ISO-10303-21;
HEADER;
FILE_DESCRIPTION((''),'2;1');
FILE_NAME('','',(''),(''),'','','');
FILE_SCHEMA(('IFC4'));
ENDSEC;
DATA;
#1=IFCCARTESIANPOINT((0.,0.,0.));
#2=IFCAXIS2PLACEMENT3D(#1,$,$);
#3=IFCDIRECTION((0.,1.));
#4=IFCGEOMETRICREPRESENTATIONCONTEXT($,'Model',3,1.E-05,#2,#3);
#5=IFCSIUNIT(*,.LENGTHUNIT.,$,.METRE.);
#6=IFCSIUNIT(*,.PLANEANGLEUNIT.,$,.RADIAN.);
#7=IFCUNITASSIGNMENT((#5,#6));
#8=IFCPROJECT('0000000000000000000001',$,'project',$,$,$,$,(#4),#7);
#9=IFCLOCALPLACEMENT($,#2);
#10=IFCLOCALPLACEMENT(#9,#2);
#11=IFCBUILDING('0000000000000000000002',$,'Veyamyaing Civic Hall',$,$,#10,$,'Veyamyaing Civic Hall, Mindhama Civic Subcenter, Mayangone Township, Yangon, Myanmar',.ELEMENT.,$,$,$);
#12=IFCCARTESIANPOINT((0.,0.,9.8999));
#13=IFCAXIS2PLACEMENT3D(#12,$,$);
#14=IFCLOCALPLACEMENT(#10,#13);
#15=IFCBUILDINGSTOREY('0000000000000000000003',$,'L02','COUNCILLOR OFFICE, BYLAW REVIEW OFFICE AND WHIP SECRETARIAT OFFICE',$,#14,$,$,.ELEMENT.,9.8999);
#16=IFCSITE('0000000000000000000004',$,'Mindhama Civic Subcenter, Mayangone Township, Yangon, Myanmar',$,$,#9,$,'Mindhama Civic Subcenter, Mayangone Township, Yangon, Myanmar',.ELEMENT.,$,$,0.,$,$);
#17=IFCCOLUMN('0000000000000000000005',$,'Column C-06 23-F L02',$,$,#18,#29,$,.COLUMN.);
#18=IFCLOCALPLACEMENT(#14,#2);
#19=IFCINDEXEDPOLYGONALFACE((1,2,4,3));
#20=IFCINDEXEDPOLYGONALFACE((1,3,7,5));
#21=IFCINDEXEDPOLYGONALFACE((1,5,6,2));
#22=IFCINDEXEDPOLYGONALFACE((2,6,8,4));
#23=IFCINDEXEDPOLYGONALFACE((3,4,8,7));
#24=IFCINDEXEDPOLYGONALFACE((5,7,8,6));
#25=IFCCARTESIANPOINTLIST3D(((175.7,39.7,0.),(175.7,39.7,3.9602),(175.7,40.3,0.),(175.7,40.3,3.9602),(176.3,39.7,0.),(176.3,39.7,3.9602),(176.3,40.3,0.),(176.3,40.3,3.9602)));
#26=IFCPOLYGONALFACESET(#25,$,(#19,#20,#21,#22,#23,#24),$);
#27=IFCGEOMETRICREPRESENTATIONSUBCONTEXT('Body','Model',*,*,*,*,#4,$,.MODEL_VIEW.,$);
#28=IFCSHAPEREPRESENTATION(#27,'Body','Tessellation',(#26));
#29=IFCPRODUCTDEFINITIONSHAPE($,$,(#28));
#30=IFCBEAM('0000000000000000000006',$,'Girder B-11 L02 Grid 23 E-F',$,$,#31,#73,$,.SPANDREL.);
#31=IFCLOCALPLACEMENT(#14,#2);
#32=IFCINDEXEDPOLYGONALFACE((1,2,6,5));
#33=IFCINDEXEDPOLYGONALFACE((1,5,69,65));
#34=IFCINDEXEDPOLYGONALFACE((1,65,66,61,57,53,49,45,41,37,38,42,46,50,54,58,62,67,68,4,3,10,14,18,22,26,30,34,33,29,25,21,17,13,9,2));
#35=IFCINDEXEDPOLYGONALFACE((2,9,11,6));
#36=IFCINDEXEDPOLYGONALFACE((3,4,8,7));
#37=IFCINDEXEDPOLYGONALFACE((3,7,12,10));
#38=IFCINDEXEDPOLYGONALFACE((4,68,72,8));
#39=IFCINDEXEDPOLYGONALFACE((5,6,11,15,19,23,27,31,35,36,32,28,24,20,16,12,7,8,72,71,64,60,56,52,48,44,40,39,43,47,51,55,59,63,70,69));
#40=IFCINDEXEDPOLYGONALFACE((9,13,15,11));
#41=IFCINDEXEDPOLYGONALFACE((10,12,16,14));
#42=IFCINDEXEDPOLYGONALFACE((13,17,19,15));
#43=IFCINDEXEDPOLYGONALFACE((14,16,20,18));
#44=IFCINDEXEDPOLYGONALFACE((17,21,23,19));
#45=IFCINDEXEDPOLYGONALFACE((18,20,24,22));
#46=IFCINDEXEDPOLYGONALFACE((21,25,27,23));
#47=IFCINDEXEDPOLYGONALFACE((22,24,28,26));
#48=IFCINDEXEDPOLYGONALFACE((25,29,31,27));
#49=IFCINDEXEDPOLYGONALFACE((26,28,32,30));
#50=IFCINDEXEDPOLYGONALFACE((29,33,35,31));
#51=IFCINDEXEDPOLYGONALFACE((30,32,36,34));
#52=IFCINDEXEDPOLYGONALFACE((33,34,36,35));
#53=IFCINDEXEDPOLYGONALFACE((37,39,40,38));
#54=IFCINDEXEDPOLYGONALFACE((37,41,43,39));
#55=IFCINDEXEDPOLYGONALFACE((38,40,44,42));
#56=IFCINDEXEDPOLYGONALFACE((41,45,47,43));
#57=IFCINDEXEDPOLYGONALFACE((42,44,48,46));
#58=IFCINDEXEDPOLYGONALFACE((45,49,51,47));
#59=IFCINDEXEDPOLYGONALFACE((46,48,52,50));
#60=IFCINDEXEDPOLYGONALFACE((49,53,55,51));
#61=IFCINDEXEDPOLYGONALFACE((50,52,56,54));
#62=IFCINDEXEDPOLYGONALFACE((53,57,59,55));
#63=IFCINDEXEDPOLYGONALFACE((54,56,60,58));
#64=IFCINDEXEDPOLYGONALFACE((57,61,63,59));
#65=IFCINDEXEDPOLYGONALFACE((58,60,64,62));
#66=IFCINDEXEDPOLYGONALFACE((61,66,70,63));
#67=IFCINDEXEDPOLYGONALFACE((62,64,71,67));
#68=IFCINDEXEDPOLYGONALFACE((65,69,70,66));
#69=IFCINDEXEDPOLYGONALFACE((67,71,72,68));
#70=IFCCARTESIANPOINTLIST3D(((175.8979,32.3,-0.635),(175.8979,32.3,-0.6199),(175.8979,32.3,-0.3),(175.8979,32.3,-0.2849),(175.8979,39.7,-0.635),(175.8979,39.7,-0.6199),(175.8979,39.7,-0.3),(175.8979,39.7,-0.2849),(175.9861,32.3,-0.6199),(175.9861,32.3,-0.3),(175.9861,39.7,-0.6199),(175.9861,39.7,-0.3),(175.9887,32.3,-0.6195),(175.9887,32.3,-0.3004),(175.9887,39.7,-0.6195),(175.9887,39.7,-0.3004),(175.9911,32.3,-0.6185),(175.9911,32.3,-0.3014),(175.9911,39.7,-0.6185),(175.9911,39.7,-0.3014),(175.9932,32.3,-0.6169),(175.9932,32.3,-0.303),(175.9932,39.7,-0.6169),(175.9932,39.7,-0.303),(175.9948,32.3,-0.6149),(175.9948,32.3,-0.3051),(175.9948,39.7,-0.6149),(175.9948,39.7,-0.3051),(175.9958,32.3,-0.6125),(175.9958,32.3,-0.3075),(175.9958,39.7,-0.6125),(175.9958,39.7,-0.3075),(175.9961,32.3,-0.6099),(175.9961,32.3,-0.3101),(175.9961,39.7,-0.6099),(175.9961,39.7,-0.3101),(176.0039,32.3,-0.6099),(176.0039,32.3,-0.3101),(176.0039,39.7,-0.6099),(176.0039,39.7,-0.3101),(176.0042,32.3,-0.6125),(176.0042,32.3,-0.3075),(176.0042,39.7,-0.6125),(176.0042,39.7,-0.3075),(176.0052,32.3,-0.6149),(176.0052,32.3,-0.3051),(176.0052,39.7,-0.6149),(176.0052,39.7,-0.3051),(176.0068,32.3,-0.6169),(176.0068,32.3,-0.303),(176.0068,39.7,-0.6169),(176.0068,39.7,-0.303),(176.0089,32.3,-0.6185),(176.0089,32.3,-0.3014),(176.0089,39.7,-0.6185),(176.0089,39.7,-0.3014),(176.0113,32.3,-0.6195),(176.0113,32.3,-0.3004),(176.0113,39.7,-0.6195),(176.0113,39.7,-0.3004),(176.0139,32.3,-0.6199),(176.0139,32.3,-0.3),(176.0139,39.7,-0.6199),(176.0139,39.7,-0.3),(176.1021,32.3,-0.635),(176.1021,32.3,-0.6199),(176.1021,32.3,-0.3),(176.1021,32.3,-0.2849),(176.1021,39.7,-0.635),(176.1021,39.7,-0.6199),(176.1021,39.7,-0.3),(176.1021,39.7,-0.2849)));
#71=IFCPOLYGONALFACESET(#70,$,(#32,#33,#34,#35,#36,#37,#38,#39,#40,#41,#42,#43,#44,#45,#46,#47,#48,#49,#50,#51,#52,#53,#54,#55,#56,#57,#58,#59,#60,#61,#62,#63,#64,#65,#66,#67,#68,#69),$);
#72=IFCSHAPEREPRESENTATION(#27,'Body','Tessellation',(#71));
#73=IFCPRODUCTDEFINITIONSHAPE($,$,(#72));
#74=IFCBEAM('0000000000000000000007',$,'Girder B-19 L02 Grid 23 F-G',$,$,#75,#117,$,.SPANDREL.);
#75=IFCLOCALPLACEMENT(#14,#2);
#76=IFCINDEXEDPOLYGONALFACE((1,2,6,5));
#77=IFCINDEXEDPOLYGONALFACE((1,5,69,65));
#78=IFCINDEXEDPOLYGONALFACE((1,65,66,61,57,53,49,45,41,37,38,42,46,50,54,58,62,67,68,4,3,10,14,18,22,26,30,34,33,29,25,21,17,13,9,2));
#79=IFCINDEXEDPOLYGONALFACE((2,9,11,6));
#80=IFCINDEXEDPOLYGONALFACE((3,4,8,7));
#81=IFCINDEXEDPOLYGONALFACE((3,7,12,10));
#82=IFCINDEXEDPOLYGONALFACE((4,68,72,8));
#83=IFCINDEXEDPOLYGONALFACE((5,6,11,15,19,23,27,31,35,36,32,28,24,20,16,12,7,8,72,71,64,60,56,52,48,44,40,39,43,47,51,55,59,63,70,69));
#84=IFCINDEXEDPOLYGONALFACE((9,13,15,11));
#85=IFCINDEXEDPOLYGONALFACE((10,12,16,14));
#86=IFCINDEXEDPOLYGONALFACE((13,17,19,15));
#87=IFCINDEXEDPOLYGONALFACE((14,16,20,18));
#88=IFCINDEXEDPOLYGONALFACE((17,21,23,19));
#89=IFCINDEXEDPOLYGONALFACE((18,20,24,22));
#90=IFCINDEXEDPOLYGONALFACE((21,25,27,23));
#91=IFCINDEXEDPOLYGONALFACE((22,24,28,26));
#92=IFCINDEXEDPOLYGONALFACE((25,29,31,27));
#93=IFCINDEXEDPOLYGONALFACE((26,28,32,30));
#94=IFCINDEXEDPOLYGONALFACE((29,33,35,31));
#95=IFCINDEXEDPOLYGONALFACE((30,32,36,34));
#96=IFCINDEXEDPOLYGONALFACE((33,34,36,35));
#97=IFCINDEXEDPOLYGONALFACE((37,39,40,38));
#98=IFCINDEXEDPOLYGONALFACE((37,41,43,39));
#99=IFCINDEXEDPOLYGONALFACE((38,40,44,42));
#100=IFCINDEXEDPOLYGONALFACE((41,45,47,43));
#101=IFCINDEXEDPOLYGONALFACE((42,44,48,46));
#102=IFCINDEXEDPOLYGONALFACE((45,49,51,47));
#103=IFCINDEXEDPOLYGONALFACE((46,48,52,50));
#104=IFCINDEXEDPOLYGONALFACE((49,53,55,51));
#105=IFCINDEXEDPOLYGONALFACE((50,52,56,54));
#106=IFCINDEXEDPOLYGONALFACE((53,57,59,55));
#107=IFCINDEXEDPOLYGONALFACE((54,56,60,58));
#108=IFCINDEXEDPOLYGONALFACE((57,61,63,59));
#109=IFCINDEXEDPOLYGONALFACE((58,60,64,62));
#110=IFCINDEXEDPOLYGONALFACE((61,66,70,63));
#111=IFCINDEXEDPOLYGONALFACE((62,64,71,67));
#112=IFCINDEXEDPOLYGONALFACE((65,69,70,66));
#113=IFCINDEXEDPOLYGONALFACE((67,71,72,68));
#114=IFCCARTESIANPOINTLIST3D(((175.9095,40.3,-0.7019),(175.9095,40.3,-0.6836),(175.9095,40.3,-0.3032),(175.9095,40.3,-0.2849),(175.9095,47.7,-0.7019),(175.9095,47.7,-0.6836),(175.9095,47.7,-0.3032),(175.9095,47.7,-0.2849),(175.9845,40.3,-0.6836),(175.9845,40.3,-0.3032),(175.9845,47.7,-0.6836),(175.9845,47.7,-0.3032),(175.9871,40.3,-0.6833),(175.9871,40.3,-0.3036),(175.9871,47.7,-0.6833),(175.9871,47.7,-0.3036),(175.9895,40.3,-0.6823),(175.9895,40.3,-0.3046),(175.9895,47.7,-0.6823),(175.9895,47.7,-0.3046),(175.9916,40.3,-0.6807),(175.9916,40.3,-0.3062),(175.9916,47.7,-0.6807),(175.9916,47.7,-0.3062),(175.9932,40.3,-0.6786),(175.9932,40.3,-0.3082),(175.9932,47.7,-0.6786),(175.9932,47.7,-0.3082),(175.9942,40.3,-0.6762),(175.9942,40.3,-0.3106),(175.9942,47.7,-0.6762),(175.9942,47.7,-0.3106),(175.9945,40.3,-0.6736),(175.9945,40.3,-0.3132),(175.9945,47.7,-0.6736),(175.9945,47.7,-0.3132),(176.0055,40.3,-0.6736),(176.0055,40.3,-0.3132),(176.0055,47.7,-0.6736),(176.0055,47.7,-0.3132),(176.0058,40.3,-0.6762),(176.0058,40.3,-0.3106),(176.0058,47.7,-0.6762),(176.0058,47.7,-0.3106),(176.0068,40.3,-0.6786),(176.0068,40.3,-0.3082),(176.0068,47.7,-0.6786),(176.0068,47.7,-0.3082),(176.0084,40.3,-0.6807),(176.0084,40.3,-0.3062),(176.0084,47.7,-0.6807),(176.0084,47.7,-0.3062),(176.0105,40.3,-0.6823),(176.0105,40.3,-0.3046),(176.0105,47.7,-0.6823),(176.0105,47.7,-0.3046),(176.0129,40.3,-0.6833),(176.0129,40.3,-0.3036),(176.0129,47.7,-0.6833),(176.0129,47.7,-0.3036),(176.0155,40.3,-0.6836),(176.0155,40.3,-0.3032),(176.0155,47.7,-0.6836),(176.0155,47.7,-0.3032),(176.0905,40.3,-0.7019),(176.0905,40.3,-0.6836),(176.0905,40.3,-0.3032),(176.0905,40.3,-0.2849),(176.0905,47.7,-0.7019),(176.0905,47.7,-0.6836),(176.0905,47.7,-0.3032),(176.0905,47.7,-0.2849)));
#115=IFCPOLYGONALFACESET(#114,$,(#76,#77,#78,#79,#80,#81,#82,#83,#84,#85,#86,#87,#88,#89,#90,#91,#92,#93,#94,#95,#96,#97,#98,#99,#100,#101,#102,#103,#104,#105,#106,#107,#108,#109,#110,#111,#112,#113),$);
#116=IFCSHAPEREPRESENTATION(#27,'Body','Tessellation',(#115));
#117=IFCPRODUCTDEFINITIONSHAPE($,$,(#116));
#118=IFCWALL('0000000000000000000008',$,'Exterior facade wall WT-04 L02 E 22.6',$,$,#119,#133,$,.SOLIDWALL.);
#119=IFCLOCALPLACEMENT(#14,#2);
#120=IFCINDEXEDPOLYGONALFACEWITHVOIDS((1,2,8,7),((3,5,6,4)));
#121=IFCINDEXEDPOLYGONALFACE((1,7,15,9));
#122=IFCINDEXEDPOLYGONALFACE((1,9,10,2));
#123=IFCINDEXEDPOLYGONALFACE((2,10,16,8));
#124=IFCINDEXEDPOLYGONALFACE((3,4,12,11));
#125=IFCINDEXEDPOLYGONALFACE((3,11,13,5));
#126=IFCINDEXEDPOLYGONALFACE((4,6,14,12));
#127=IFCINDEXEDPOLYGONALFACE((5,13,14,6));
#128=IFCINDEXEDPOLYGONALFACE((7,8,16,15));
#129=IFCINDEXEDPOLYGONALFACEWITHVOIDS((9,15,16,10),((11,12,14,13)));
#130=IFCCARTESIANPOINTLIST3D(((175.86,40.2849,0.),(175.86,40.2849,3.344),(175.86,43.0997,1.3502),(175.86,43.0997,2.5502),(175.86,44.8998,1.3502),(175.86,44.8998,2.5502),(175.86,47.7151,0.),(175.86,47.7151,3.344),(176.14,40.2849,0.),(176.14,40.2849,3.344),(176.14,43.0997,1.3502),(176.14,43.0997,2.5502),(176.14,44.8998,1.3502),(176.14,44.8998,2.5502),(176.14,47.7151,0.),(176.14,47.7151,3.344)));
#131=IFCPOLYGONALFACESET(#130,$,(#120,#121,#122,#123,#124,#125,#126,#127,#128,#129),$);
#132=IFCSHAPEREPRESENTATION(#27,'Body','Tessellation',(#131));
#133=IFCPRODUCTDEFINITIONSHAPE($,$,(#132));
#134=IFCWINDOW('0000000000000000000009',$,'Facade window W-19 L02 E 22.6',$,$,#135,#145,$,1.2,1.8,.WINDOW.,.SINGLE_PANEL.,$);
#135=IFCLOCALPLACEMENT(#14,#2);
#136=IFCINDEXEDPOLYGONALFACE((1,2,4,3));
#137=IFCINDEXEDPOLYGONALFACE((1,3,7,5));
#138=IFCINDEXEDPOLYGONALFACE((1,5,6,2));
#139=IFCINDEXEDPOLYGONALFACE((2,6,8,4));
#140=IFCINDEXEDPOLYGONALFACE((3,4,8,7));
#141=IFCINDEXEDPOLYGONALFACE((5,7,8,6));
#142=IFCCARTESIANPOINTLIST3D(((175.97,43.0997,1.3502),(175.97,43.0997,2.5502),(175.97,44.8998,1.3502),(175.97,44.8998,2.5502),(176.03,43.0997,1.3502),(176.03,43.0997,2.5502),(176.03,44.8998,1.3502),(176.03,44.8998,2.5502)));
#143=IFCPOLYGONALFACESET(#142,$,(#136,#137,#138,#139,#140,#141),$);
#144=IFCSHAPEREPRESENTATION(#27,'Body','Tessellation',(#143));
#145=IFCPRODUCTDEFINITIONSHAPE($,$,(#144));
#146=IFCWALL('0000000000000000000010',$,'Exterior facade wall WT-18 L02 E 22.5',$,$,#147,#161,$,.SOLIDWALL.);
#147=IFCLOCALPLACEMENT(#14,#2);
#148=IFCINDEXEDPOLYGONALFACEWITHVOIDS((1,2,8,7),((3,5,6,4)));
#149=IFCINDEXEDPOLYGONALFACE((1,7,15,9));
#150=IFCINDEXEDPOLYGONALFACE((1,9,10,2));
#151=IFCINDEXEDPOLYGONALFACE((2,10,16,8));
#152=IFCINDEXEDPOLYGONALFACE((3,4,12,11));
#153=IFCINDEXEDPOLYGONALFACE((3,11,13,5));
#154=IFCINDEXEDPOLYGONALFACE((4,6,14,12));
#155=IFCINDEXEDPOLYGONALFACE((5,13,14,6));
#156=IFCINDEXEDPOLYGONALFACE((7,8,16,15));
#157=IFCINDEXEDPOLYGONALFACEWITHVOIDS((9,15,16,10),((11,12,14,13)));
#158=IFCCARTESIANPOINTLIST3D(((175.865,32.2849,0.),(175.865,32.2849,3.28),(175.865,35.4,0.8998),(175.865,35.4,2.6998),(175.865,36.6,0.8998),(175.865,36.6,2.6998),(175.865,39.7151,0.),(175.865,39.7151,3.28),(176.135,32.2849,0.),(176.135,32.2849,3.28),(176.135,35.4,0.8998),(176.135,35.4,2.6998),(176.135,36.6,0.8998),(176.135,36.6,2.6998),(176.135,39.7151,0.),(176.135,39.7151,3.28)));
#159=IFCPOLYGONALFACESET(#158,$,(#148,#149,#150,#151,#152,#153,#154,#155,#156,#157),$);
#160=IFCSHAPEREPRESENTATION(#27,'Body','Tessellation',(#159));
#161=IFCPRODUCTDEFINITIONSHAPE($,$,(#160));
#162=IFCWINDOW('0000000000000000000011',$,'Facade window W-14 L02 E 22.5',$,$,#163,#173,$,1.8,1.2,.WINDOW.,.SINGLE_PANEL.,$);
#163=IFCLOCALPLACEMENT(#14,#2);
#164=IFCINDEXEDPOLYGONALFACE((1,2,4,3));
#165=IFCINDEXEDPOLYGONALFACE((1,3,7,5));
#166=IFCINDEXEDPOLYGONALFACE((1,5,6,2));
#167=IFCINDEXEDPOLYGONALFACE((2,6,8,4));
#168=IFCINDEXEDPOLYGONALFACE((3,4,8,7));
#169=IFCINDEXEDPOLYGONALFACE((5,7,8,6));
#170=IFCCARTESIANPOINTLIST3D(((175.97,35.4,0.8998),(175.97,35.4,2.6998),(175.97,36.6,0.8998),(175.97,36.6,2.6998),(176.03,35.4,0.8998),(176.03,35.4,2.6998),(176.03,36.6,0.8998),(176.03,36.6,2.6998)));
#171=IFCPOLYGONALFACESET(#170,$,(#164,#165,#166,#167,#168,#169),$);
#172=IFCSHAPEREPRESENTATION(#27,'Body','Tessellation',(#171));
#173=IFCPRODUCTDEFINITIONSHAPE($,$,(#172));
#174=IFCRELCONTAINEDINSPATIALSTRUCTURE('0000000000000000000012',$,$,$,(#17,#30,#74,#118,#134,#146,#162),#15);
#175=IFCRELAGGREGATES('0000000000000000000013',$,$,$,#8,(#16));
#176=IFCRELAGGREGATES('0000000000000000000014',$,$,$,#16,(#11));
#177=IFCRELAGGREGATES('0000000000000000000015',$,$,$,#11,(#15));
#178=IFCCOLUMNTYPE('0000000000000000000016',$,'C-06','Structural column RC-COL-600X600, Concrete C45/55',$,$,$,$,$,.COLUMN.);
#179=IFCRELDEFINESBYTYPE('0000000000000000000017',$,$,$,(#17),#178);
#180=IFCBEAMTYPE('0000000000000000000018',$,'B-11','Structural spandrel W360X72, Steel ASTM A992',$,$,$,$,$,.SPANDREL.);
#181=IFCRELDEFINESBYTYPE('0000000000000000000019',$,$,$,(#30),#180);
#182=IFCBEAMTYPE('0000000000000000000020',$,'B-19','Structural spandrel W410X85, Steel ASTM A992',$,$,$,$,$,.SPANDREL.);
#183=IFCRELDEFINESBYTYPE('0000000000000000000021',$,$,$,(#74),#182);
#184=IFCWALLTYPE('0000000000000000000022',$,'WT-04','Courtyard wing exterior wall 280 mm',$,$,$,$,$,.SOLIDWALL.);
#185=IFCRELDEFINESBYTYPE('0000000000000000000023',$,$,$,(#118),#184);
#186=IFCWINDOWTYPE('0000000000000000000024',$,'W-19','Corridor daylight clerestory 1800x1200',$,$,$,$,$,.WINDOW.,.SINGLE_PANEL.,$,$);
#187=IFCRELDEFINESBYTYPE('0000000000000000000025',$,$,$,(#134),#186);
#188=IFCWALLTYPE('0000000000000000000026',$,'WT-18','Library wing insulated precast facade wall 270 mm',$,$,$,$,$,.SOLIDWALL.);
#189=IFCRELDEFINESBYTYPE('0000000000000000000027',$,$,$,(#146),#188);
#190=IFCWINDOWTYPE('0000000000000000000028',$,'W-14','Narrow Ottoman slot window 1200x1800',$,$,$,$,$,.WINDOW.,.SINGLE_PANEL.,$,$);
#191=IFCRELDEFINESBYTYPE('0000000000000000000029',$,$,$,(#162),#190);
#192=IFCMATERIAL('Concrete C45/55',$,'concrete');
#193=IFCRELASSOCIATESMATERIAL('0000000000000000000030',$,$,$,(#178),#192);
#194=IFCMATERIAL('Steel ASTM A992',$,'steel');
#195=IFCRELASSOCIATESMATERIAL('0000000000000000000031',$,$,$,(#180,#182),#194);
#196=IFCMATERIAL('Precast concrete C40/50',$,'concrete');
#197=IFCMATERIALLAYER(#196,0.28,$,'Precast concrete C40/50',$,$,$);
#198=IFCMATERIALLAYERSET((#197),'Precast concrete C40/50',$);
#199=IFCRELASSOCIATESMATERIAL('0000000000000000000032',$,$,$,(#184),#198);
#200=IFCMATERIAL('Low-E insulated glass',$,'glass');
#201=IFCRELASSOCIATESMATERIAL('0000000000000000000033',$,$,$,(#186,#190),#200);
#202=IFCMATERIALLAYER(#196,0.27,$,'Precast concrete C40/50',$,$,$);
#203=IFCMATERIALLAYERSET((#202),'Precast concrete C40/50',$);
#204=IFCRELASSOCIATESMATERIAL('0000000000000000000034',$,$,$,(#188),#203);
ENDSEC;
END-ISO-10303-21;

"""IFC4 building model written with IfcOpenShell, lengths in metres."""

from ifc_helpers import new_model, si_unit, direction, frame, frame_2d, origin, origin_2d, place, context, subcontext, project, spatial, rectangle, i_section, extrude, material, layer, layer_set, material_profile, profile_set, type_object, element, fill, save


model = new_model("IFC4")

# Units and contexts
model_context = context("Model", 3, precision=1e-05, world=origin(), true_north=direction((0.0, 1.0)))
body_context = subcontext(model_context, "Body", "Model", "MODEL_VIEW")
ifc_project = project(units=[si_unit("LENGTHUNIT", "METRE"), si_unit("PLANEANGLEUNIT", "RADIAN")], contexts=[model_context])

# Site, building, storey
site_placement = place(None, origin())
site = spatial("IfcSite", under=ifc_project, at=site_placement, Name="Mindhama Civic Subcenter, Mayangone Township, Yangon, Myanmar", LongName="Mindhama Civic Subcenter, Mayangone Township, Yangon, Myanmar", CompositionType="ELEMENT", RefElevation=0.0)
building_placement = place(site_placement, origin())
building = spatial("IfcBuilding", under=site, at=building_placement, Name="Veyamyaing Civic Hall", LongName="Veyamyaing Civic Hall, Mindhama Civic Subcenter, Mayangone Township, Yangon, Myanmar", CompositionType="ELEMENT")
storey_placement = place(building_placement, frame((0.0, 0.0, 9.8999)))
storey = spatial("IfcBuildingStorey", under=building, at=storey_placement, Name="L02", Description="COUNCILLOR OFFICE, BYLAW REVIEW OFFICE AND WHIP SECRETARIAT OFFICE", CompositionType="ELEMENT", Elevation=9.8999)

# Column
ifc_material_1 = material(Name="Concrete C45/55", Category="concrete")
ifc_material_profile_1 = material_profile(ifc_material_1, rectangle(XDim=0.6001, YDim=0.6001, at=origin_2d()), Name="RC-COL-600X600")
ifc_profile_set_1 = profile_set([ifc_material_profile_1], Name="Concrete C45/55")
column_type = type_object("IfcColumnType", Name="C-06", Description="Structural column RC-COL-600X600, Concrete C45/55", PredefinedType="COLUMN", material=ifc_profile_set_1)
column_placement = place(storey_placement, frame((176.0, 40.0, 0.0), z_axis=(0.0, 0.0, 1.0), x_axis=(1.0, 0.0, 0.0)))
element("IfcColumn", 1, at=column_placement, inside=storey, type_object=column_type, Name="Column C-06 23-F L02", PredefinedType="COLUMN", context=body_context, shape_type="SweptSolid", body=[
    extrude(rectangle(XDim=0.6001, YDim=0.6001, at=origin_2d()), origin(), (0.0, 0.0, 1.0), 3.9602),
])

# Beams
ifc_material_2 = material(Name="Steel ASTM A992", Category="steel")
ifc_material_profile_2 = material_profile(ifc_material_2, i_section(OverallWidth=0.2041, OverallDepth=0.3501, WebThickness=0.0078, FlangeThickness=0.0151, FilletRadius=0.01, at=origin_2d()), Name="W360X72")
ifc_profile_set_2 = profile_set([ifc_material_profile_2], Name="Steel ASTM A992")
beam_type_1 = type_object("IfcBeamType", Name="B-11", Description="Structural spandrel W360X72, Steel ASTM A992", PredefinedType="SPANDREL", material=ifc_profile_set_2)
beam_1_placement = place(storey_placement, frame((176.0, 32.3, -0.46), z_axis=(0.0, 1.0, 0.0), x_axis=(-1.0, 0.0, 0.0)))
element("IfcBeam", 2, at=beam_1_placement, inside=storey, type_object=beam_type_1, Name="Girder B-11 L02 Grid 23 E-F", PredefinedType="SPANDREL", context=body_context, shape_type="SweptSolid", body=[
    extrude(i_section(OverallWidth=0.2041, OverallDepth=0.3501, WebThickness=0.0078, FlangeThickness=0.0151, FilletRadius=0.01, at=origin_2d()), origin(), (0.0, 0.0, 1.0), 7.3999),
])
ifc_material_profile_3 = material_profile(ifc_material_2, i_section(OverallWidth=0.1809, OverallDepth=0.417, WebThickness=0.011, FlangeThickness=0.0183, FilletRadius=0.01, at=origin_2d()), Name="W410X85")
ifc_profile_set_3 = profile_set([ifc_material_profile_3], Name="Steel ASTM A992")
beam_type_2 = type_object("IfcBeamType", Name="B-19", Description="Structural spandrel W410X85, Steel ASTM A992", PredefinedType="SPANDREL", material=ifc_profile_set_3)
beam_2_placement = place(storey_placement, frame((176.0, 40.3, -0.4934), z_axis=(0.0, 1.0, 0.0), x_axis=(-1.0, 0.0, 0.0)))
element("IfcBeam", 3, at=beam_2_placement, inside=storey, type_object=beam_type_2, Name="Girder B-19 L02 Grid 23 F-G", PredefinedType="SPANDREL", context=body_context, shape_type="SweptSolid", body=[
    extrude(i_section(OverallWidth=0.1809, OverallDepth=0.417, WebThickness=0.011, FlangeThickness=0.0183, FilletRadius=0.01, at=origin_2d()), origin(), (0.0, 0.0, 1.0), 7.3999),
])

# Walls, openings, windows
ifc_material_3 = material(Name="Precast concrete C40/50", Category="concrete")
ifc_layer_1 = layer(ifc_material_3, 0.28, Name="Precast concrete C40/50")
ifc_layer_set_1 = layer_set([ifc_layer_1], Name="Precast concrete C40/50")
wall_type_1 = type_object("IfcWallType", Name="WT-04", Description="Courtyard wing exterior wall 280 mm", PredefinedType="SOLIDWALL", material=ifc_layer_set_1)
wall_1_placement = place(storey_placement, frame((176.0, 40.2849, 0.0), z_axis=(0.0, 0.0, 1.0), x_axis=(0.0, 1.0, 0.0)))
wall_1 = element("IfcWall", 4, at=wall_1_placement, inside=storey, type_object=wall_type_1, Name="Exterior facade wall WT-04 L02 E 22.6", PredefinedType="SOLIDWALL", context=body_context, shape_type="SweptSolid", body=[
    extrude(rectangle(XDim=7.4302, YDim=0.28, at=frame_2d((3.7151, 0.0))), origin(), (0.0, 0.0, 1.0), 3.344),
])
opening_1_placement = place(wall_1_placement, frame((2.8149, 0.0, 1.3501)))
opening_1 = element("IfcOpeningElement", 5, at=opening_1_placement, cuts=wall_1, PredefinedType="OPENING", context=body_context, shape_type="SweptSolid", body=[
    extrude(rectangle(XDim=1.8, YDim=1.2, at=frame_2d((0.8999, 0.6001))), frame((0.0, 0.1499, 0.0), z_axis=(0.0, -1.0, 0.0), x_axis=(1.0, 0.0, 0.0)), (0.0, 0.0, 1.0), 0.3),
])
ifc_material_4 = material(Name="Low-E insulated glass", Category="glass")
window_type_1 = type_object("IfcWindowType", Name="W-19", Description="Corridor daylight clerestory 1800x1200", PartitioningType="SINGLE_PANEL", PredefinedType="WINDOW", material=ifc_material_4)
window_1_placement = place(opening_1_placement, origin())
window_1 = element("IfcWindow", 6, at=window_1_placement, inside=storey, type_object=window_type_1, Name="Facade window W-19 L02 E 22.6", OverallHeight=1.2, OverallWidth=1.8, PartitioningType="SINGLE_PANEL", PredefinedType="WINDOW", context=body_context, shape_type="SweptSolid", body=[
    extrude(rectangle(XDim=1.8, YDim=1.2, at=frame_2d((0.8999, 0.6001))), frame((0.0, 0.03, 0.0), z_axis=(0.0, -1.0, 0.0), x_axis=(1.0, 0.0, 0.0)), (0.0, 0.0, 1.0), 0.0601),
])
fill(opening_1, window_1)
ifc_layer_2 = layer(ifc_material_3, 0.27, Name="Precast concrete C40/50")
ifc_layer_set_2 = layer_set([ifc_layer_2], Name="Precast concrete C40/50")
wall_type_2 = type_object("IfcWallType", Name="WT-18", Description="Library wing insulated precast facade wall 270 mm", PredefinedType="SOLIDWALL", material=ifc_layer_set_2)
wall_2_placement = place(storey_placement, frame((176.0, 32.2849, 0.0), z_axis=(0.0, 0.0, 1.0), x_axis=(0.0, 1.0, 0.0)))
wall_2 = element("IfcWall", 7, at=wall_2_placement, inside=storey, type_object=wall_type_2, Name="Exterior facade wall WT-18 L02 E 22.5", PredefinedType="SOLIDWALL", context=body_context, shape_type="SweptSolid", body=[
    extrude(rectangle(XDim=7.4302, YDim=0.27, at=frame_2d((3.7151, 0.0))), origin(), (0.0, 0.0, 1.0), 3.28),
])
opening_2_placement = place(wall_2_placement, frame((3.115, 0.0, 0.8999)))
opening_2 = element("IfcOpeningElement", 8, at=opening_2_placement, cuts=wall_2, PredefinedType="OPENING", context=body_context, shape_type="SweptSolid", body=[
    extrude(rectangle(XDim=1.2, YDim=1.8, at=frame_2d((0.6001, 0.8999))), frame((0.0, 0.145, 0.0), z_axis=(0.0, -1.0, 0.0), x_axis=(1.0, 0.0, 0.0)), (0.0, 0.0, 1.0), 0.29),
])
window_type_2 = type_object("IfcWindowType", Name="W-14", Description="Narrow Ottoman slot window 1200x1800", PartitioningType="SINGLE_PANEL", PredefinedType="WINDOW", material=ifc_material_4)
window_2_placement = place(opening_2_placement, origin())
window_2 = element("IfcWindow", 9, at=window_2_placement, inside=storey, type_object=window_type_2, Name="Facade window W-14 L02 E 22.5", OverallHeight=1.8, OverallWidth=1.2, PartitioningType="SINGLE_PANEL", PredefinedType="WINDOW", context=body_context, shape_type="SweptSolid", body=[
    extrude(rectangle(XDim=1.2, YDim=1.8, at=frame_2d((0.6001, 0.8999))), frame((0.0, 0.03, 0.0), z_axis=(0.0, -1.0, 0.0), x_axis=(1.0, 0.0, 0.0)), (0.0, 0.0, 1.0), 0.0601),
])
fill(opening_2, window_2)

save(model, "model.ifc")
